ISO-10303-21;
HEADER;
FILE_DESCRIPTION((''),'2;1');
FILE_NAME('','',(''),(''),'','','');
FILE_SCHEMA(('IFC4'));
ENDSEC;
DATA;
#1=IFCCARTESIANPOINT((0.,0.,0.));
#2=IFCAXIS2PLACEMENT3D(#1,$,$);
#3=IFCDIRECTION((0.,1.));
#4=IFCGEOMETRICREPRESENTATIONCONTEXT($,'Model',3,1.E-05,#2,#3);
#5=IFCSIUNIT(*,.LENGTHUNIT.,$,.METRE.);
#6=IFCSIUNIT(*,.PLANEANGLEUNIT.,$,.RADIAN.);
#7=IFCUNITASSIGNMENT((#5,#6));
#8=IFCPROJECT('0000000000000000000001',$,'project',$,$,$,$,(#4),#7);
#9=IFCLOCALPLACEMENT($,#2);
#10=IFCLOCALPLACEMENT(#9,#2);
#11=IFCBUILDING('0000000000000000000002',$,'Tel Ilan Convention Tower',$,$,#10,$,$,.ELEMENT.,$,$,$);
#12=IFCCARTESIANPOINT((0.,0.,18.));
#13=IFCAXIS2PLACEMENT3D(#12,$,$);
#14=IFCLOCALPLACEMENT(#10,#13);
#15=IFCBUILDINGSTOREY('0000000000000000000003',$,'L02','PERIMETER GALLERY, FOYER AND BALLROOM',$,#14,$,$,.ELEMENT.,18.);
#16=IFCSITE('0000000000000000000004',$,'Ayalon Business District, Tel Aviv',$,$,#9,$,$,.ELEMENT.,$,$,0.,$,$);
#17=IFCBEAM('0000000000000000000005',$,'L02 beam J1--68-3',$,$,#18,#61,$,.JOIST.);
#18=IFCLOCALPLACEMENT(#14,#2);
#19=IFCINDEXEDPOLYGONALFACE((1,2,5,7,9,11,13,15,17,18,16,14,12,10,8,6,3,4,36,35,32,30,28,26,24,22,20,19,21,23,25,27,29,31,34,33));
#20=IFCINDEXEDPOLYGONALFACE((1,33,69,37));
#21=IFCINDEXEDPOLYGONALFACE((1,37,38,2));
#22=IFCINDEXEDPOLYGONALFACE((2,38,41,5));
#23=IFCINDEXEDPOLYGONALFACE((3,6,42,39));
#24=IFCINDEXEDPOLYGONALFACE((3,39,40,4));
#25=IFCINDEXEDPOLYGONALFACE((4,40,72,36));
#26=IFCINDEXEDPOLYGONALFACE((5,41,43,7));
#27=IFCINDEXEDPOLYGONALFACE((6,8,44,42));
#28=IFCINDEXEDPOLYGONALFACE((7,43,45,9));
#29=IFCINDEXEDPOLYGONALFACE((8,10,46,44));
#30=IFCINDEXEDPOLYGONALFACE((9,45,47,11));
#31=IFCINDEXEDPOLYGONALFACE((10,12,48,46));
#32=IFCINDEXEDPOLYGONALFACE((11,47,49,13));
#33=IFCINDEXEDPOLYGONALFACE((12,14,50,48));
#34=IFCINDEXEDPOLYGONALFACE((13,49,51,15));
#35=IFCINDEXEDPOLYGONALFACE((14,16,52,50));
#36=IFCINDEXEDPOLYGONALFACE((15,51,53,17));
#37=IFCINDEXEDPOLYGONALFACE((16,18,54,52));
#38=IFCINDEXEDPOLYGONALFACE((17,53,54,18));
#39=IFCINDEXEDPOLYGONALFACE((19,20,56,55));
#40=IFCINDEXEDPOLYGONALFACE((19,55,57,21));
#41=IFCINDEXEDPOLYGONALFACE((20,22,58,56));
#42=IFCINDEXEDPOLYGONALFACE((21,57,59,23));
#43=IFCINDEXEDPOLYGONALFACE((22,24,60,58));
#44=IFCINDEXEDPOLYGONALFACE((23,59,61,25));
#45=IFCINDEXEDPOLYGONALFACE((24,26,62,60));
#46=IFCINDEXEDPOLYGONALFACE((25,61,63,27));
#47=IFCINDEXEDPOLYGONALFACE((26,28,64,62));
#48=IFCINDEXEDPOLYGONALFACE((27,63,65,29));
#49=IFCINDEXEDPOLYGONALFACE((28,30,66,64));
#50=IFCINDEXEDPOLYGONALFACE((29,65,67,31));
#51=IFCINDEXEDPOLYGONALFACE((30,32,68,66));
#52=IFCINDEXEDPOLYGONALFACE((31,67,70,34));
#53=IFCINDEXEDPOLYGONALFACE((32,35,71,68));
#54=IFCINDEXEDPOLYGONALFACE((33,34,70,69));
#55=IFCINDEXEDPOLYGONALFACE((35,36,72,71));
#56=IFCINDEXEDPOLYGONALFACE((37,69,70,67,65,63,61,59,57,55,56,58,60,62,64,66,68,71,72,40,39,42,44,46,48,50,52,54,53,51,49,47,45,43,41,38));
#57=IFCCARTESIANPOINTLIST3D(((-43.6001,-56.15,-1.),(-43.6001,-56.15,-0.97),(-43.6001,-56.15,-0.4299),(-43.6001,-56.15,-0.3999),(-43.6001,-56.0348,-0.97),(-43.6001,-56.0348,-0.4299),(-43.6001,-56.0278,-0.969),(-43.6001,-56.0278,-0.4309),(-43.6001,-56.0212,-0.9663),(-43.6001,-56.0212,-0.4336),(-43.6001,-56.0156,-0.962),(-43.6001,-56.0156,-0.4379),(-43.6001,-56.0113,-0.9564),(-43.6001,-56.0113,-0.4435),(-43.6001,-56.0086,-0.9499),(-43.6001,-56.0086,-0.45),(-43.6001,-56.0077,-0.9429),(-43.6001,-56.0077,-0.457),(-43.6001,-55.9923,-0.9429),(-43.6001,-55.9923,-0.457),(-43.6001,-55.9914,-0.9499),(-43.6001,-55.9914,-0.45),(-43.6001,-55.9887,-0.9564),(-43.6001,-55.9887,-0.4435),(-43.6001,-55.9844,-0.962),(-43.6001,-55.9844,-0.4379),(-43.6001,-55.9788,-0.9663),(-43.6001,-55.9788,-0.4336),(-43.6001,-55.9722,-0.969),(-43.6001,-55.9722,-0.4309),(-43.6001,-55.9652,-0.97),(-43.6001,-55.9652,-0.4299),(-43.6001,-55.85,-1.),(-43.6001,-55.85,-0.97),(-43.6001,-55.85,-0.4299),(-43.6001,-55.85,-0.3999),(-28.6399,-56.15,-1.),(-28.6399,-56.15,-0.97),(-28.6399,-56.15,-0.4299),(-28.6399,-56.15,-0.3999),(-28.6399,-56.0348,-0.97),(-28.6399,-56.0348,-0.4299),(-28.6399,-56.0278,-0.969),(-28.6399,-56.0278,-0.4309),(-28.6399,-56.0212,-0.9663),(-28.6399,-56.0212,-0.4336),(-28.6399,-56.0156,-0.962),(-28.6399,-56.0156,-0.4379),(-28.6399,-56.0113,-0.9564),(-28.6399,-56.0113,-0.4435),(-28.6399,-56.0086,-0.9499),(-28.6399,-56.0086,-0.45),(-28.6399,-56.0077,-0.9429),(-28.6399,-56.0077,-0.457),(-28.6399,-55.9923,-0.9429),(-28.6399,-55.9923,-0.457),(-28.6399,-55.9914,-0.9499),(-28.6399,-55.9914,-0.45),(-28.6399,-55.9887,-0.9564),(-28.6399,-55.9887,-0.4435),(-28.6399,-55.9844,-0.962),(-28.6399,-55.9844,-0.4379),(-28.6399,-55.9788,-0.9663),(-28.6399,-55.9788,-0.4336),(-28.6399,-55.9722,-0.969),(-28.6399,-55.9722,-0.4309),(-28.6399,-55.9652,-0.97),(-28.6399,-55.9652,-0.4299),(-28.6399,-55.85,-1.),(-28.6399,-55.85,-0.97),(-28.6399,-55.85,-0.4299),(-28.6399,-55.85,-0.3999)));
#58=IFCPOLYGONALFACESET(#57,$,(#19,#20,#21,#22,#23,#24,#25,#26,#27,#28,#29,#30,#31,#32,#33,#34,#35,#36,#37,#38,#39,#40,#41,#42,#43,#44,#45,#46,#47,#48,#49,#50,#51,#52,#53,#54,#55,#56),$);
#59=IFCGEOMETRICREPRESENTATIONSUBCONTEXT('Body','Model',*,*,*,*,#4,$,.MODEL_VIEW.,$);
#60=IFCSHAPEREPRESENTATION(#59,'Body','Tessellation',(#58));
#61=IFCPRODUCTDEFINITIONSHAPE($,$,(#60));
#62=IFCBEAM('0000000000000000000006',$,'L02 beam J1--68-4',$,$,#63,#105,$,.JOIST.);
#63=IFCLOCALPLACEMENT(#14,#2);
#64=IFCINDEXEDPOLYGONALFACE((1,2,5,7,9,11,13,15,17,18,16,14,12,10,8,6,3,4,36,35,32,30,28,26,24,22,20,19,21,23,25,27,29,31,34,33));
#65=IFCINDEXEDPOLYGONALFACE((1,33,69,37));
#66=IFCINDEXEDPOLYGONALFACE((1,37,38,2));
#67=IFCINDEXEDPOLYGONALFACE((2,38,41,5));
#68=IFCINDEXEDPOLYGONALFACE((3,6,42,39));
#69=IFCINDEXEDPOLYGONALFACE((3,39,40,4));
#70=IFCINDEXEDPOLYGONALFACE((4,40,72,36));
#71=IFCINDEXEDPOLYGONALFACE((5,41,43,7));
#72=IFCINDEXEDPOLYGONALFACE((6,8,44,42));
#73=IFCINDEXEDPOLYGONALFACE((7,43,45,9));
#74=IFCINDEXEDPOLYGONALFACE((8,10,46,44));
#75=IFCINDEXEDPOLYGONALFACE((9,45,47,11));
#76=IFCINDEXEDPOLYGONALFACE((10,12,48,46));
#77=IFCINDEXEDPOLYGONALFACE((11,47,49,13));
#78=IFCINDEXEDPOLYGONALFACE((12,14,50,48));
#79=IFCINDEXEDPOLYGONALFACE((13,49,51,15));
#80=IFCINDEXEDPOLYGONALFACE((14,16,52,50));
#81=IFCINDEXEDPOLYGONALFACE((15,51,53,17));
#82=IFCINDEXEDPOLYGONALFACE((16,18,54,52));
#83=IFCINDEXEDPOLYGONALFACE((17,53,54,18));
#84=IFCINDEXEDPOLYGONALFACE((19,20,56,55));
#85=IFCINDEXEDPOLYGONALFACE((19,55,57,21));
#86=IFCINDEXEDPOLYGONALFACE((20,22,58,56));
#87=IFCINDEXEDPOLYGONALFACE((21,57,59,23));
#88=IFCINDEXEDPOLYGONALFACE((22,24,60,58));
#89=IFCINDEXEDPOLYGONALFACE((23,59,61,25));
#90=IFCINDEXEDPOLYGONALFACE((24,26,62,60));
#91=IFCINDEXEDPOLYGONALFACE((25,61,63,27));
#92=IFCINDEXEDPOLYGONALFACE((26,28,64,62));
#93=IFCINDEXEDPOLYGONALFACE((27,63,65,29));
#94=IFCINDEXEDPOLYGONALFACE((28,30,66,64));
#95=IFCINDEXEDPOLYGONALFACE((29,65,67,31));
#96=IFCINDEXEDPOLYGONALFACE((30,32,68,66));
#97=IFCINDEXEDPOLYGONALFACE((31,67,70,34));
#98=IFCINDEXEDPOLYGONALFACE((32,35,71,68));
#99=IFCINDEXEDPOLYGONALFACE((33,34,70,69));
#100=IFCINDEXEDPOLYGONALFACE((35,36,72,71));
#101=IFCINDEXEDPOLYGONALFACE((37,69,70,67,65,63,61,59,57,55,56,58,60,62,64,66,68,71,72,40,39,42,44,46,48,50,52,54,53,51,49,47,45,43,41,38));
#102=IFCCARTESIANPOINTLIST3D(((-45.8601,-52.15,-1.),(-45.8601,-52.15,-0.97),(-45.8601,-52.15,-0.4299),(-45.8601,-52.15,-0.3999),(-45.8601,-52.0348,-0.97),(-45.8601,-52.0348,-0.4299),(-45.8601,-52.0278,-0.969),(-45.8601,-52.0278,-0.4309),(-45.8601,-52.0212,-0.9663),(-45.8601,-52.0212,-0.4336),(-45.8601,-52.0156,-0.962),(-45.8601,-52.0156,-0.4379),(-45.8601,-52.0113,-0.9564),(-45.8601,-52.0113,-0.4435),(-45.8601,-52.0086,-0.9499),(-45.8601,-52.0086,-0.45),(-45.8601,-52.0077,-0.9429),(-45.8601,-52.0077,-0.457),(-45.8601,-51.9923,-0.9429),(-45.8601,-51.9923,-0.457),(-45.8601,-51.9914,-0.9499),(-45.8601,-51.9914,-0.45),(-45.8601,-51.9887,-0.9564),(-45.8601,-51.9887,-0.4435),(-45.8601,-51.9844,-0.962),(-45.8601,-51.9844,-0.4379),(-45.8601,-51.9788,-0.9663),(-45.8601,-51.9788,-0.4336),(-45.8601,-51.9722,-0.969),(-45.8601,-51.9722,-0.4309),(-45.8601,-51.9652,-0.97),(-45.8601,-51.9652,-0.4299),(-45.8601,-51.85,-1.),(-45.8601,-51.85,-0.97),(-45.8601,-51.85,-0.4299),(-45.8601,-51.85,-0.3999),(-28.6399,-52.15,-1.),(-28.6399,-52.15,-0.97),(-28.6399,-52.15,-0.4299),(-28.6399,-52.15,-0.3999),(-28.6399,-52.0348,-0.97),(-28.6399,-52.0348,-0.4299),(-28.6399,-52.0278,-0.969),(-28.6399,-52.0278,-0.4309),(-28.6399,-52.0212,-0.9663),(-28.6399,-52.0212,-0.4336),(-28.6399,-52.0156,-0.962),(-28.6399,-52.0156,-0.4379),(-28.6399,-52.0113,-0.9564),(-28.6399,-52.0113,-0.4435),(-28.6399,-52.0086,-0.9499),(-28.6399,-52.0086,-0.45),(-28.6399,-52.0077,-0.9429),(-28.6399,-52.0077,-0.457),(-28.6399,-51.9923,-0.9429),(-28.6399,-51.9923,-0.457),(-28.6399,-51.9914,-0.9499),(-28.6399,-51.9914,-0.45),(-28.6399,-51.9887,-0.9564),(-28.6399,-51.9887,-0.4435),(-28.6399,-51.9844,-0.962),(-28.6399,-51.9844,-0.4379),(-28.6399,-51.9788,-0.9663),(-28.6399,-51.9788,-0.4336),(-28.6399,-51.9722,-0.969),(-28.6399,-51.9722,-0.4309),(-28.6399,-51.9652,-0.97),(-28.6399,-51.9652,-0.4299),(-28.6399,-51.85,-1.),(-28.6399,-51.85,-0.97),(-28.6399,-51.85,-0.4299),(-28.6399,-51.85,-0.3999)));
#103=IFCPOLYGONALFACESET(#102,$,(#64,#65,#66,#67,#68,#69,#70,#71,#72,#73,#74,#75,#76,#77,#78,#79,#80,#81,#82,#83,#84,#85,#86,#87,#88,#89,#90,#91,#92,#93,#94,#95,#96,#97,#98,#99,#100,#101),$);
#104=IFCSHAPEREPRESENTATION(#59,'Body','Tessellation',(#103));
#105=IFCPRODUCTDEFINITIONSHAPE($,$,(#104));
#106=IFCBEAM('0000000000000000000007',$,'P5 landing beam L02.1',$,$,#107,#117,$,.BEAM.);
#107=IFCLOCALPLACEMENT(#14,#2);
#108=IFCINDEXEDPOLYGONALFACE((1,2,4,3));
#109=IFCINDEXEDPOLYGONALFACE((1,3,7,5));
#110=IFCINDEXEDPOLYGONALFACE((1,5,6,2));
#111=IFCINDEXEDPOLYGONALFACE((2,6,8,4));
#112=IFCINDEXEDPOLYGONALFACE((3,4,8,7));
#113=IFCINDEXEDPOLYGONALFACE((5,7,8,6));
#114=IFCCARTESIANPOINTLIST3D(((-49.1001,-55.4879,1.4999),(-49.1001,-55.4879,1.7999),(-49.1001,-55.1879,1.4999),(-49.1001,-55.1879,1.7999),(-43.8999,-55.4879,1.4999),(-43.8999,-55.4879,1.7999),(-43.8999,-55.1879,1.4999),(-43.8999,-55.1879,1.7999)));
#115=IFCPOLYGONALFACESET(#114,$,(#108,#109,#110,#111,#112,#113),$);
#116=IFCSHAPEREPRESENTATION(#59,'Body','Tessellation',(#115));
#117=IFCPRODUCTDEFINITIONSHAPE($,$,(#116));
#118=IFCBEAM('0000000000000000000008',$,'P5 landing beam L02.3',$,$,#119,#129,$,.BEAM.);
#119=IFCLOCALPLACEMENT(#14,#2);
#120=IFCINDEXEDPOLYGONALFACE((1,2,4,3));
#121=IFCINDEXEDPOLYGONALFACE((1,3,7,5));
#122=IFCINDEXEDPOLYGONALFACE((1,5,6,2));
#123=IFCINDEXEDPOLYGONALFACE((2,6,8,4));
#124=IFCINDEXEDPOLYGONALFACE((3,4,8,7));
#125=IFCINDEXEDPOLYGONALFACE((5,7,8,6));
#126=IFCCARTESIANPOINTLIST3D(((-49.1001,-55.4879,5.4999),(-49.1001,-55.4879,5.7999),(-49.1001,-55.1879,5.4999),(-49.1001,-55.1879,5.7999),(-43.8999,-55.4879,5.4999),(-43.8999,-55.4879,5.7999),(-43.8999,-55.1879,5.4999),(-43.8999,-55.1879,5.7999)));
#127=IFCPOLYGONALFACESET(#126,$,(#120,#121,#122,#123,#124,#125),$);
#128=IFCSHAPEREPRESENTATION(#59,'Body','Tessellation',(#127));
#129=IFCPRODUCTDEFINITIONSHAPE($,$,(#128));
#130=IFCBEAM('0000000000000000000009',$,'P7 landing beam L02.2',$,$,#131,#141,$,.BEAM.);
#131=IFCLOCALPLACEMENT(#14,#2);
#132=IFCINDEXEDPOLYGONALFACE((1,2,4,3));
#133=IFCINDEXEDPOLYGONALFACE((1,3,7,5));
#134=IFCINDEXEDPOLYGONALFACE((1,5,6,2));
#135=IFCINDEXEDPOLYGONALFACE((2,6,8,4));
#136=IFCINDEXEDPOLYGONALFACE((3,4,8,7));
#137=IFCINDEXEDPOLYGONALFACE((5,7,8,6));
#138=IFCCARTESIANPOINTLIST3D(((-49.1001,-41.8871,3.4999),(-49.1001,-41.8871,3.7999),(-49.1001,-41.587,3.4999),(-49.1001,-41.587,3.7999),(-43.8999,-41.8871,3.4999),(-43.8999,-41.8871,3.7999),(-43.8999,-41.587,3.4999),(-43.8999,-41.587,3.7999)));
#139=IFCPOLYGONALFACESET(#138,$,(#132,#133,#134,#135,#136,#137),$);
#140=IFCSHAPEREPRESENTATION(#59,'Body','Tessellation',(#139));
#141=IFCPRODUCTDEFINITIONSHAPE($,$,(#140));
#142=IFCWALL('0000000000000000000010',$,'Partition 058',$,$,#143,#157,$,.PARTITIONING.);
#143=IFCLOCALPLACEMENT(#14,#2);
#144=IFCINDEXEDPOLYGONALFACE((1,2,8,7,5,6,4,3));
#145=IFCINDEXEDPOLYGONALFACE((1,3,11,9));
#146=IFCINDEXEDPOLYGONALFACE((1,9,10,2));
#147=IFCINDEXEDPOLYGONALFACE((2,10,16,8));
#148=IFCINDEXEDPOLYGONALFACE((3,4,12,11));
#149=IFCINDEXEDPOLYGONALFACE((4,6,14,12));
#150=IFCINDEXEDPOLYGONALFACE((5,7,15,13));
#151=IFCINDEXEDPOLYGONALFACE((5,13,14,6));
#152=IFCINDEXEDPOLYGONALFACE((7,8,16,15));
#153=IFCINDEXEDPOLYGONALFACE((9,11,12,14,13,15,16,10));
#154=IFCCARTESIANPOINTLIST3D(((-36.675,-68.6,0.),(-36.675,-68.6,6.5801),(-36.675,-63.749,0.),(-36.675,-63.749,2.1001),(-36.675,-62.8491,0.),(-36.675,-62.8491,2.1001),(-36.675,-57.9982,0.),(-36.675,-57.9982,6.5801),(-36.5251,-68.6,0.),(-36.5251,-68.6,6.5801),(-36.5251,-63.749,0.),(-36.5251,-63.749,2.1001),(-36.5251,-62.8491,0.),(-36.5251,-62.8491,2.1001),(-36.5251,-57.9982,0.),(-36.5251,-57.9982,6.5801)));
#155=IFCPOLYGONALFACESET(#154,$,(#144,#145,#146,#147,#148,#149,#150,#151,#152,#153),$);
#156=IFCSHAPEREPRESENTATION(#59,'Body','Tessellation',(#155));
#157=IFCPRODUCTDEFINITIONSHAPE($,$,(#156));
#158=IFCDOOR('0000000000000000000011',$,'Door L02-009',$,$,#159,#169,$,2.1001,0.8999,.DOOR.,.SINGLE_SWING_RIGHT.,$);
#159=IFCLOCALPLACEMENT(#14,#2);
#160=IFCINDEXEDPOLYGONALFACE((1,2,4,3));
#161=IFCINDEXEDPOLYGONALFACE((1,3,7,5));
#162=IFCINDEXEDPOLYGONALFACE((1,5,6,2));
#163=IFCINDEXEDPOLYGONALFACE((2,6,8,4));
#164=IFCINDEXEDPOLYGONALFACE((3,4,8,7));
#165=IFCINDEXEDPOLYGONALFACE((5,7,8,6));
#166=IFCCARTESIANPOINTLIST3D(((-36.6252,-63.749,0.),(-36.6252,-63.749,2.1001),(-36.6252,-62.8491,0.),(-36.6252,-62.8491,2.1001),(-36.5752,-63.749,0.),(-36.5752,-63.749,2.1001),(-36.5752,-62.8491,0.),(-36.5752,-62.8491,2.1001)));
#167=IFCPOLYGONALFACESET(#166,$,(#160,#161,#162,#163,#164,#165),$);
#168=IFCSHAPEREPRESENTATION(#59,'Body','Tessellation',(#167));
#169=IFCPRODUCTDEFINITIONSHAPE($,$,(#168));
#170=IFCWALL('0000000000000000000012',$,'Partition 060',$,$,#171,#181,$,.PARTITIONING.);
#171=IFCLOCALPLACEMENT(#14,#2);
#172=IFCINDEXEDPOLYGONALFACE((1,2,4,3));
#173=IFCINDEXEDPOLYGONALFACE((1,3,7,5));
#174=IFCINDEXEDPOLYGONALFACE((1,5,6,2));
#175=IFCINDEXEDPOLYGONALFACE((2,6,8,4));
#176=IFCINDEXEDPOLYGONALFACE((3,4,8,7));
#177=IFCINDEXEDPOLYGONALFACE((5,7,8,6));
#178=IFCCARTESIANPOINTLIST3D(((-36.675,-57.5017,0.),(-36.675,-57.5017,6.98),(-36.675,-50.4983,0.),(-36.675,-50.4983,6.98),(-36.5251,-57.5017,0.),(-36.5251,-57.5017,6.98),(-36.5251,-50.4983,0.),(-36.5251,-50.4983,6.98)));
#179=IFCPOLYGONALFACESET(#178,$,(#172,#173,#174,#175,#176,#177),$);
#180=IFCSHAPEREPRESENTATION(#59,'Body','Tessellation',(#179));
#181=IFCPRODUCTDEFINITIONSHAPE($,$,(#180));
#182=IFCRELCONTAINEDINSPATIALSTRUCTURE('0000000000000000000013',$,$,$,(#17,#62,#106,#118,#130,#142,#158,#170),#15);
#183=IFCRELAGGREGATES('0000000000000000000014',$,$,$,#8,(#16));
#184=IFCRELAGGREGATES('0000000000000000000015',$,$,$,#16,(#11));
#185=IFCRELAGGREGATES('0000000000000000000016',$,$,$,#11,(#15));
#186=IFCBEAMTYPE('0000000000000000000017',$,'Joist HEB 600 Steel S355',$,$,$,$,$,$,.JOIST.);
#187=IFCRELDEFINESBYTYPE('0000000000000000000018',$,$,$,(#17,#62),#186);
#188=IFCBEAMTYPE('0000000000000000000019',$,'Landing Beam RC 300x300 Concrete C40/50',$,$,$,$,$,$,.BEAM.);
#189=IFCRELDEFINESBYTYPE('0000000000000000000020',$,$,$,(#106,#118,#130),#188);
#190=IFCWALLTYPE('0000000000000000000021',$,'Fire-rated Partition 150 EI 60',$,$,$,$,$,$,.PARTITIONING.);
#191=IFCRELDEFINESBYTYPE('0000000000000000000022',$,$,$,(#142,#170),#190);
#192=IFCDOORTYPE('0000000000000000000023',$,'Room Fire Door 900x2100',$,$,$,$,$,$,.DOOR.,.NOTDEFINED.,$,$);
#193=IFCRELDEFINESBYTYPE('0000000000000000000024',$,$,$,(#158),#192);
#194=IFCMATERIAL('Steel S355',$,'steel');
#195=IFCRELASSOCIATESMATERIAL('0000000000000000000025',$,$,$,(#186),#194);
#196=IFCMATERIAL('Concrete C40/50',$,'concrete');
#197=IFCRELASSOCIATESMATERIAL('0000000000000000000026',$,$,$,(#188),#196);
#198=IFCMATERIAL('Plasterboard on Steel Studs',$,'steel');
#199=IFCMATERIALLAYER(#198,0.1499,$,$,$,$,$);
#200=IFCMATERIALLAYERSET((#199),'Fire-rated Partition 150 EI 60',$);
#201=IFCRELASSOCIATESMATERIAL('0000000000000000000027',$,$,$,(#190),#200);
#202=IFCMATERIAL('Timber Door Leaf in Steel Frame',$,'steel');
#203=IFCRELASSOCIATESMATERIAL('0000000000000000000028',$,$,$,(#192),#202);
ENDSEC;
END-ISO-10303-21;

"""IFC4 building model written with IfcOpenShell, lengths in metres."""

from ifc_helpers import new_model, si_unit, direction, frame, frame_2d, origin, origin_2d, place, context, subcontext, project, spatial, rectangle, i_section, extrude, material, layer, layer_set, material_profile, profile_set, type_object, element, fill, save


model = new_model("IFC4")

# Units and contexts
model_context = context("Model", 3, precision=1e-05, world=origin(), true_north=direction((0.0, 1.0)))
body_context = subcontext(model_context, "Body", "Model", "MODEL_VIEW")
ifc_project = project(units=[si_unit("LENGTHUNIT", "METRE"), si_unit("PLANEANGLEUNIT", "RADIAN")], contexts=[model_context])

# Site, building, storey
site_placement = place(None, origin())
site = spatial("IfcSite", under=ifc_project, at=site_placement, Name="Ayalon Business District, Tel Aviv", CompositionType="ELEMENT", RefElevation=0.0)
building_placement = place(site_placement, origin())
building = spatial("IfcBuilding", under=site, at=building_placement, Name="Tel Ilan Convention Tower", CompositionType="ELEMENT")
storey_placement = place(building_placement, frame((0.0, 0.0, 18.0)))
storey = spatial("IfcBuildingStorey", under=building, at=storey_placement, Name="L02", Description="PERIMETER GALLERY, FOYER AND BALLROOM", CompositionType="ELEMENT", Elevation=18.0)

# Beams
ifc_material_1 = material(Name="Steel S355", Category="steel")
ifc_material_profile_1 = material_profile(ifc_material_1, i_section(OverallWidth=0.3, OverallDepth=0.6001, WebThickness=0.0154, FlangeThickness=0.03, FilletRadius=0.0271, at=origin_2d()), Name="HEB 600")
ifc_profile_set_1 = profile_set([ifc_material_profile_1], Name="Steel S355")
beam_type_1 = type_object("IfcBeamType", Name="Joist HEB 600 Steel S355", PredefinedType="JOIST", material=ifc_profile_set_1)
for number, where, z_axis, x_axis, name in (
    (1, (-43.6001, -56.0, -0.7), (1.0, 0.0, 0.0), (0.0, 1.0, 0.0), "L02 beam J1--68-3"),
):
    element("IfcBeam", number, at=place(storey_placement, frame(where, z_axis=z_axis, x_axis=x_axis)), inside=storey, type_object=beam_type_1, Name=name, PredefinedType="JOIST", context=body_context, shape_type="SweptSolid", body=[
        extrude(i_section(OverallWidth=0.3, OverallDepth=0.6001, WebThickness=0.0154, FlangeThickness=0.03, FilletRadius=0.0271, at=origin_2d()), origin(), (0.0, 0.0, 1.0), 14.9602),
    ])
beam_1_placement = place(storey_placement, frame((-45.8601, -52.0, -0.7), z_axis=(1.0, 0.0, 0.0), x_axis=(0.0, 1.0, 0.0)))
element("IfcBeam", 2, at=beam_1_placement, inside=storey, type_object=beam_type_1, Name="L02 beam J1--68-4", PredefinedType="JOIST", context=body_context, shape_type="SweptSolid", body=[
    extrude(i_section(OverallWidth=0.3, OverallDepth=0.6001, WebThickness=0.0154, FlangeThickness=0.03, FilletRadius=0.0271, at=origin_2d()), origin(), (0.0, 0.0, 1.0), 17.2202),
])
ifc_material_2 = material(Name="Concrete C40/50", Category="concrete")
ifc_material_profile_2 = material_profile(ifc_material_2, rectangle(XDim=0.3, YDim=0.3, at=origin_2d()), Name="RC 300x300")
ifc_profile_set_2 = profile_set([ifc_material_profile_2], Name="Concrete C40/50")
beam_type_2 = type_object("IfcBeamType", Name="Landing Beam RC 300x300 Concrete C40/50", PredefinedType="BEAM", material=ifc_profile_set_2)
for number, where, z_axis, x_axis, name in (
    (3, (-43.8999, -55.3379, 1.6499), (-1.0, 0.0, 0.0), (0.0, -1.0, 0.0), "P5 landing beam L02.1"),
    (4, (-43.8999, -55.3379, 5.6499), (-1.0, 0.0, 0.0), (0.0, -1.0, 0.0), "P5 landing beam L02.3"),
    (5, (-43.8999, -41.7371, 3.6499), (-1.0, 0.0, 0.0), (0.0, -1.0, 0.0), "P7 landing beam L02.2"),
):
    element("IfcBeam", number, at=place(storey_placement, frame(where, z_axis=z_axis, x_axis=x_axis)), inside=storey, type_object=beam_type_2, Name=name, PredefinedType="BEAM", context=body_context, shape_type="SweptSolid", body=[
        extrude(rectangle(XDim=0.3, YDim=0.3, at=origin_2d()), origin(), (0.0, 0.0, 1.0), 5.2002),
    ])

# Wall, opening, door
ifc_material_3 = material(Name="Plasterboard on Steel Studs", Category="steel")
ifc_layer_1 = layer(ifc_material_3, 0.1499)
ifc_layer_set_1 = layer_set([ifc_layer_1], Name="Fire-rated Partition 150 EI 60")
wall_type_1 = type_object("IfcWallType", Name="Fire-rated Partition 150 EI 60", PredefinedType="PARTITIONING", material=ifc_layer_set_1)
wall_1_placement = place(storey_placement, frame((-36.6001, -57.9983, 0.0), z_axis=(0.0, 0.0, 1.0), x_axis=(0.0, -1.0, 0.0)))
wall_1 = element("IfcWall", 6, at=wall_1_placement, inside=storey, type_object=wall_type_1, Name="Partition 058", PredefinedType="PARTITIONING", context=body_context, shape_type="SweptSolid", body=[
    extrude(rectangle(XDim=10.6018, YDim=0.1499, at=frame_2d((5.3008, 0.0))), origin(), (0.0, 0.0, 1.0), 6.5801),
])
opening_1_placement = place(wall_1_placement, frame((4.8508, 0.0, 0.0)))
opening_1 = element("IfcOpeningElement", 7, at=opening_1_placement, cuts=wall_1, PredefinedType="OPENING", context=body_context, shape_type="SweptSolid", body=[
    extrude(rectangle(XDim=0.8999, YDim=2.1001, at=frame_2d((0.45, 1.05))), frame((0.0, 0.085, 0.0), z_axis=(0.0, -1.0, 0.0), x_axis=(1.0, 0.0, 0.0)), (0.0, 0.0, 1.0), 0.1699),
])
ifc_material_4 = material(Name="Timber Door Leaf in Steel Frame", Category="steel")
door_type_1 = type_object("IfcDoorType", Name="Room Fire Door 900x2100", OperationType="NOTDEFINED", PredefinedType="DOOR", material=ifc_material_4)
door_1_placement = place(opening_1_placement, origin())
door_1 = element("IfcDoor", 8, at=door_1_placement, inside=storey, type_object=door_type_1, Name="Door L02-009", OperationType="SINGLE_SWING_RIGHT", OverallHeight=2.1001, OverallWidth=0.8999, PredefinedType="DOOR", context=body_context, shape_type="SweptSolid", body=[
    extrude(rectangle(XDim=0.8999, YDim=2.1001, at=frame_2d((0.45, 1.05))), frame((0.0, 0.0249, 0.0), z_axis=(0.0, -1.0, 0.0), x_axis=(1.0, 0.0, 0.0)), (0.0, 0.0, 1.0), 0.05),
])
fill(opening_1, door_1)

# Wall
wall_2_placement = place(storey_placement, frame((-36.6001, -50.4983, 0.0), z_axis=(0.0, 0.0, 1.0), x_axis=(0.0, -1.0, 0.0)))
element("IfcWall", 9, at=wall_2_placement, inside=storey, type_object=wall_type_1, Name="Partition 060", PredefinedType="PARTITIONING", context=body_context, shape_type="SweptSolid", body=[
    extrude(rectangle(XDim=7.0034, YDim=0.1499, at=frame_2d((3.5017, 0.0))), origin(), (0.0, 0.0, 1.0), 6.98),
])

save(model, "model.ifc")
